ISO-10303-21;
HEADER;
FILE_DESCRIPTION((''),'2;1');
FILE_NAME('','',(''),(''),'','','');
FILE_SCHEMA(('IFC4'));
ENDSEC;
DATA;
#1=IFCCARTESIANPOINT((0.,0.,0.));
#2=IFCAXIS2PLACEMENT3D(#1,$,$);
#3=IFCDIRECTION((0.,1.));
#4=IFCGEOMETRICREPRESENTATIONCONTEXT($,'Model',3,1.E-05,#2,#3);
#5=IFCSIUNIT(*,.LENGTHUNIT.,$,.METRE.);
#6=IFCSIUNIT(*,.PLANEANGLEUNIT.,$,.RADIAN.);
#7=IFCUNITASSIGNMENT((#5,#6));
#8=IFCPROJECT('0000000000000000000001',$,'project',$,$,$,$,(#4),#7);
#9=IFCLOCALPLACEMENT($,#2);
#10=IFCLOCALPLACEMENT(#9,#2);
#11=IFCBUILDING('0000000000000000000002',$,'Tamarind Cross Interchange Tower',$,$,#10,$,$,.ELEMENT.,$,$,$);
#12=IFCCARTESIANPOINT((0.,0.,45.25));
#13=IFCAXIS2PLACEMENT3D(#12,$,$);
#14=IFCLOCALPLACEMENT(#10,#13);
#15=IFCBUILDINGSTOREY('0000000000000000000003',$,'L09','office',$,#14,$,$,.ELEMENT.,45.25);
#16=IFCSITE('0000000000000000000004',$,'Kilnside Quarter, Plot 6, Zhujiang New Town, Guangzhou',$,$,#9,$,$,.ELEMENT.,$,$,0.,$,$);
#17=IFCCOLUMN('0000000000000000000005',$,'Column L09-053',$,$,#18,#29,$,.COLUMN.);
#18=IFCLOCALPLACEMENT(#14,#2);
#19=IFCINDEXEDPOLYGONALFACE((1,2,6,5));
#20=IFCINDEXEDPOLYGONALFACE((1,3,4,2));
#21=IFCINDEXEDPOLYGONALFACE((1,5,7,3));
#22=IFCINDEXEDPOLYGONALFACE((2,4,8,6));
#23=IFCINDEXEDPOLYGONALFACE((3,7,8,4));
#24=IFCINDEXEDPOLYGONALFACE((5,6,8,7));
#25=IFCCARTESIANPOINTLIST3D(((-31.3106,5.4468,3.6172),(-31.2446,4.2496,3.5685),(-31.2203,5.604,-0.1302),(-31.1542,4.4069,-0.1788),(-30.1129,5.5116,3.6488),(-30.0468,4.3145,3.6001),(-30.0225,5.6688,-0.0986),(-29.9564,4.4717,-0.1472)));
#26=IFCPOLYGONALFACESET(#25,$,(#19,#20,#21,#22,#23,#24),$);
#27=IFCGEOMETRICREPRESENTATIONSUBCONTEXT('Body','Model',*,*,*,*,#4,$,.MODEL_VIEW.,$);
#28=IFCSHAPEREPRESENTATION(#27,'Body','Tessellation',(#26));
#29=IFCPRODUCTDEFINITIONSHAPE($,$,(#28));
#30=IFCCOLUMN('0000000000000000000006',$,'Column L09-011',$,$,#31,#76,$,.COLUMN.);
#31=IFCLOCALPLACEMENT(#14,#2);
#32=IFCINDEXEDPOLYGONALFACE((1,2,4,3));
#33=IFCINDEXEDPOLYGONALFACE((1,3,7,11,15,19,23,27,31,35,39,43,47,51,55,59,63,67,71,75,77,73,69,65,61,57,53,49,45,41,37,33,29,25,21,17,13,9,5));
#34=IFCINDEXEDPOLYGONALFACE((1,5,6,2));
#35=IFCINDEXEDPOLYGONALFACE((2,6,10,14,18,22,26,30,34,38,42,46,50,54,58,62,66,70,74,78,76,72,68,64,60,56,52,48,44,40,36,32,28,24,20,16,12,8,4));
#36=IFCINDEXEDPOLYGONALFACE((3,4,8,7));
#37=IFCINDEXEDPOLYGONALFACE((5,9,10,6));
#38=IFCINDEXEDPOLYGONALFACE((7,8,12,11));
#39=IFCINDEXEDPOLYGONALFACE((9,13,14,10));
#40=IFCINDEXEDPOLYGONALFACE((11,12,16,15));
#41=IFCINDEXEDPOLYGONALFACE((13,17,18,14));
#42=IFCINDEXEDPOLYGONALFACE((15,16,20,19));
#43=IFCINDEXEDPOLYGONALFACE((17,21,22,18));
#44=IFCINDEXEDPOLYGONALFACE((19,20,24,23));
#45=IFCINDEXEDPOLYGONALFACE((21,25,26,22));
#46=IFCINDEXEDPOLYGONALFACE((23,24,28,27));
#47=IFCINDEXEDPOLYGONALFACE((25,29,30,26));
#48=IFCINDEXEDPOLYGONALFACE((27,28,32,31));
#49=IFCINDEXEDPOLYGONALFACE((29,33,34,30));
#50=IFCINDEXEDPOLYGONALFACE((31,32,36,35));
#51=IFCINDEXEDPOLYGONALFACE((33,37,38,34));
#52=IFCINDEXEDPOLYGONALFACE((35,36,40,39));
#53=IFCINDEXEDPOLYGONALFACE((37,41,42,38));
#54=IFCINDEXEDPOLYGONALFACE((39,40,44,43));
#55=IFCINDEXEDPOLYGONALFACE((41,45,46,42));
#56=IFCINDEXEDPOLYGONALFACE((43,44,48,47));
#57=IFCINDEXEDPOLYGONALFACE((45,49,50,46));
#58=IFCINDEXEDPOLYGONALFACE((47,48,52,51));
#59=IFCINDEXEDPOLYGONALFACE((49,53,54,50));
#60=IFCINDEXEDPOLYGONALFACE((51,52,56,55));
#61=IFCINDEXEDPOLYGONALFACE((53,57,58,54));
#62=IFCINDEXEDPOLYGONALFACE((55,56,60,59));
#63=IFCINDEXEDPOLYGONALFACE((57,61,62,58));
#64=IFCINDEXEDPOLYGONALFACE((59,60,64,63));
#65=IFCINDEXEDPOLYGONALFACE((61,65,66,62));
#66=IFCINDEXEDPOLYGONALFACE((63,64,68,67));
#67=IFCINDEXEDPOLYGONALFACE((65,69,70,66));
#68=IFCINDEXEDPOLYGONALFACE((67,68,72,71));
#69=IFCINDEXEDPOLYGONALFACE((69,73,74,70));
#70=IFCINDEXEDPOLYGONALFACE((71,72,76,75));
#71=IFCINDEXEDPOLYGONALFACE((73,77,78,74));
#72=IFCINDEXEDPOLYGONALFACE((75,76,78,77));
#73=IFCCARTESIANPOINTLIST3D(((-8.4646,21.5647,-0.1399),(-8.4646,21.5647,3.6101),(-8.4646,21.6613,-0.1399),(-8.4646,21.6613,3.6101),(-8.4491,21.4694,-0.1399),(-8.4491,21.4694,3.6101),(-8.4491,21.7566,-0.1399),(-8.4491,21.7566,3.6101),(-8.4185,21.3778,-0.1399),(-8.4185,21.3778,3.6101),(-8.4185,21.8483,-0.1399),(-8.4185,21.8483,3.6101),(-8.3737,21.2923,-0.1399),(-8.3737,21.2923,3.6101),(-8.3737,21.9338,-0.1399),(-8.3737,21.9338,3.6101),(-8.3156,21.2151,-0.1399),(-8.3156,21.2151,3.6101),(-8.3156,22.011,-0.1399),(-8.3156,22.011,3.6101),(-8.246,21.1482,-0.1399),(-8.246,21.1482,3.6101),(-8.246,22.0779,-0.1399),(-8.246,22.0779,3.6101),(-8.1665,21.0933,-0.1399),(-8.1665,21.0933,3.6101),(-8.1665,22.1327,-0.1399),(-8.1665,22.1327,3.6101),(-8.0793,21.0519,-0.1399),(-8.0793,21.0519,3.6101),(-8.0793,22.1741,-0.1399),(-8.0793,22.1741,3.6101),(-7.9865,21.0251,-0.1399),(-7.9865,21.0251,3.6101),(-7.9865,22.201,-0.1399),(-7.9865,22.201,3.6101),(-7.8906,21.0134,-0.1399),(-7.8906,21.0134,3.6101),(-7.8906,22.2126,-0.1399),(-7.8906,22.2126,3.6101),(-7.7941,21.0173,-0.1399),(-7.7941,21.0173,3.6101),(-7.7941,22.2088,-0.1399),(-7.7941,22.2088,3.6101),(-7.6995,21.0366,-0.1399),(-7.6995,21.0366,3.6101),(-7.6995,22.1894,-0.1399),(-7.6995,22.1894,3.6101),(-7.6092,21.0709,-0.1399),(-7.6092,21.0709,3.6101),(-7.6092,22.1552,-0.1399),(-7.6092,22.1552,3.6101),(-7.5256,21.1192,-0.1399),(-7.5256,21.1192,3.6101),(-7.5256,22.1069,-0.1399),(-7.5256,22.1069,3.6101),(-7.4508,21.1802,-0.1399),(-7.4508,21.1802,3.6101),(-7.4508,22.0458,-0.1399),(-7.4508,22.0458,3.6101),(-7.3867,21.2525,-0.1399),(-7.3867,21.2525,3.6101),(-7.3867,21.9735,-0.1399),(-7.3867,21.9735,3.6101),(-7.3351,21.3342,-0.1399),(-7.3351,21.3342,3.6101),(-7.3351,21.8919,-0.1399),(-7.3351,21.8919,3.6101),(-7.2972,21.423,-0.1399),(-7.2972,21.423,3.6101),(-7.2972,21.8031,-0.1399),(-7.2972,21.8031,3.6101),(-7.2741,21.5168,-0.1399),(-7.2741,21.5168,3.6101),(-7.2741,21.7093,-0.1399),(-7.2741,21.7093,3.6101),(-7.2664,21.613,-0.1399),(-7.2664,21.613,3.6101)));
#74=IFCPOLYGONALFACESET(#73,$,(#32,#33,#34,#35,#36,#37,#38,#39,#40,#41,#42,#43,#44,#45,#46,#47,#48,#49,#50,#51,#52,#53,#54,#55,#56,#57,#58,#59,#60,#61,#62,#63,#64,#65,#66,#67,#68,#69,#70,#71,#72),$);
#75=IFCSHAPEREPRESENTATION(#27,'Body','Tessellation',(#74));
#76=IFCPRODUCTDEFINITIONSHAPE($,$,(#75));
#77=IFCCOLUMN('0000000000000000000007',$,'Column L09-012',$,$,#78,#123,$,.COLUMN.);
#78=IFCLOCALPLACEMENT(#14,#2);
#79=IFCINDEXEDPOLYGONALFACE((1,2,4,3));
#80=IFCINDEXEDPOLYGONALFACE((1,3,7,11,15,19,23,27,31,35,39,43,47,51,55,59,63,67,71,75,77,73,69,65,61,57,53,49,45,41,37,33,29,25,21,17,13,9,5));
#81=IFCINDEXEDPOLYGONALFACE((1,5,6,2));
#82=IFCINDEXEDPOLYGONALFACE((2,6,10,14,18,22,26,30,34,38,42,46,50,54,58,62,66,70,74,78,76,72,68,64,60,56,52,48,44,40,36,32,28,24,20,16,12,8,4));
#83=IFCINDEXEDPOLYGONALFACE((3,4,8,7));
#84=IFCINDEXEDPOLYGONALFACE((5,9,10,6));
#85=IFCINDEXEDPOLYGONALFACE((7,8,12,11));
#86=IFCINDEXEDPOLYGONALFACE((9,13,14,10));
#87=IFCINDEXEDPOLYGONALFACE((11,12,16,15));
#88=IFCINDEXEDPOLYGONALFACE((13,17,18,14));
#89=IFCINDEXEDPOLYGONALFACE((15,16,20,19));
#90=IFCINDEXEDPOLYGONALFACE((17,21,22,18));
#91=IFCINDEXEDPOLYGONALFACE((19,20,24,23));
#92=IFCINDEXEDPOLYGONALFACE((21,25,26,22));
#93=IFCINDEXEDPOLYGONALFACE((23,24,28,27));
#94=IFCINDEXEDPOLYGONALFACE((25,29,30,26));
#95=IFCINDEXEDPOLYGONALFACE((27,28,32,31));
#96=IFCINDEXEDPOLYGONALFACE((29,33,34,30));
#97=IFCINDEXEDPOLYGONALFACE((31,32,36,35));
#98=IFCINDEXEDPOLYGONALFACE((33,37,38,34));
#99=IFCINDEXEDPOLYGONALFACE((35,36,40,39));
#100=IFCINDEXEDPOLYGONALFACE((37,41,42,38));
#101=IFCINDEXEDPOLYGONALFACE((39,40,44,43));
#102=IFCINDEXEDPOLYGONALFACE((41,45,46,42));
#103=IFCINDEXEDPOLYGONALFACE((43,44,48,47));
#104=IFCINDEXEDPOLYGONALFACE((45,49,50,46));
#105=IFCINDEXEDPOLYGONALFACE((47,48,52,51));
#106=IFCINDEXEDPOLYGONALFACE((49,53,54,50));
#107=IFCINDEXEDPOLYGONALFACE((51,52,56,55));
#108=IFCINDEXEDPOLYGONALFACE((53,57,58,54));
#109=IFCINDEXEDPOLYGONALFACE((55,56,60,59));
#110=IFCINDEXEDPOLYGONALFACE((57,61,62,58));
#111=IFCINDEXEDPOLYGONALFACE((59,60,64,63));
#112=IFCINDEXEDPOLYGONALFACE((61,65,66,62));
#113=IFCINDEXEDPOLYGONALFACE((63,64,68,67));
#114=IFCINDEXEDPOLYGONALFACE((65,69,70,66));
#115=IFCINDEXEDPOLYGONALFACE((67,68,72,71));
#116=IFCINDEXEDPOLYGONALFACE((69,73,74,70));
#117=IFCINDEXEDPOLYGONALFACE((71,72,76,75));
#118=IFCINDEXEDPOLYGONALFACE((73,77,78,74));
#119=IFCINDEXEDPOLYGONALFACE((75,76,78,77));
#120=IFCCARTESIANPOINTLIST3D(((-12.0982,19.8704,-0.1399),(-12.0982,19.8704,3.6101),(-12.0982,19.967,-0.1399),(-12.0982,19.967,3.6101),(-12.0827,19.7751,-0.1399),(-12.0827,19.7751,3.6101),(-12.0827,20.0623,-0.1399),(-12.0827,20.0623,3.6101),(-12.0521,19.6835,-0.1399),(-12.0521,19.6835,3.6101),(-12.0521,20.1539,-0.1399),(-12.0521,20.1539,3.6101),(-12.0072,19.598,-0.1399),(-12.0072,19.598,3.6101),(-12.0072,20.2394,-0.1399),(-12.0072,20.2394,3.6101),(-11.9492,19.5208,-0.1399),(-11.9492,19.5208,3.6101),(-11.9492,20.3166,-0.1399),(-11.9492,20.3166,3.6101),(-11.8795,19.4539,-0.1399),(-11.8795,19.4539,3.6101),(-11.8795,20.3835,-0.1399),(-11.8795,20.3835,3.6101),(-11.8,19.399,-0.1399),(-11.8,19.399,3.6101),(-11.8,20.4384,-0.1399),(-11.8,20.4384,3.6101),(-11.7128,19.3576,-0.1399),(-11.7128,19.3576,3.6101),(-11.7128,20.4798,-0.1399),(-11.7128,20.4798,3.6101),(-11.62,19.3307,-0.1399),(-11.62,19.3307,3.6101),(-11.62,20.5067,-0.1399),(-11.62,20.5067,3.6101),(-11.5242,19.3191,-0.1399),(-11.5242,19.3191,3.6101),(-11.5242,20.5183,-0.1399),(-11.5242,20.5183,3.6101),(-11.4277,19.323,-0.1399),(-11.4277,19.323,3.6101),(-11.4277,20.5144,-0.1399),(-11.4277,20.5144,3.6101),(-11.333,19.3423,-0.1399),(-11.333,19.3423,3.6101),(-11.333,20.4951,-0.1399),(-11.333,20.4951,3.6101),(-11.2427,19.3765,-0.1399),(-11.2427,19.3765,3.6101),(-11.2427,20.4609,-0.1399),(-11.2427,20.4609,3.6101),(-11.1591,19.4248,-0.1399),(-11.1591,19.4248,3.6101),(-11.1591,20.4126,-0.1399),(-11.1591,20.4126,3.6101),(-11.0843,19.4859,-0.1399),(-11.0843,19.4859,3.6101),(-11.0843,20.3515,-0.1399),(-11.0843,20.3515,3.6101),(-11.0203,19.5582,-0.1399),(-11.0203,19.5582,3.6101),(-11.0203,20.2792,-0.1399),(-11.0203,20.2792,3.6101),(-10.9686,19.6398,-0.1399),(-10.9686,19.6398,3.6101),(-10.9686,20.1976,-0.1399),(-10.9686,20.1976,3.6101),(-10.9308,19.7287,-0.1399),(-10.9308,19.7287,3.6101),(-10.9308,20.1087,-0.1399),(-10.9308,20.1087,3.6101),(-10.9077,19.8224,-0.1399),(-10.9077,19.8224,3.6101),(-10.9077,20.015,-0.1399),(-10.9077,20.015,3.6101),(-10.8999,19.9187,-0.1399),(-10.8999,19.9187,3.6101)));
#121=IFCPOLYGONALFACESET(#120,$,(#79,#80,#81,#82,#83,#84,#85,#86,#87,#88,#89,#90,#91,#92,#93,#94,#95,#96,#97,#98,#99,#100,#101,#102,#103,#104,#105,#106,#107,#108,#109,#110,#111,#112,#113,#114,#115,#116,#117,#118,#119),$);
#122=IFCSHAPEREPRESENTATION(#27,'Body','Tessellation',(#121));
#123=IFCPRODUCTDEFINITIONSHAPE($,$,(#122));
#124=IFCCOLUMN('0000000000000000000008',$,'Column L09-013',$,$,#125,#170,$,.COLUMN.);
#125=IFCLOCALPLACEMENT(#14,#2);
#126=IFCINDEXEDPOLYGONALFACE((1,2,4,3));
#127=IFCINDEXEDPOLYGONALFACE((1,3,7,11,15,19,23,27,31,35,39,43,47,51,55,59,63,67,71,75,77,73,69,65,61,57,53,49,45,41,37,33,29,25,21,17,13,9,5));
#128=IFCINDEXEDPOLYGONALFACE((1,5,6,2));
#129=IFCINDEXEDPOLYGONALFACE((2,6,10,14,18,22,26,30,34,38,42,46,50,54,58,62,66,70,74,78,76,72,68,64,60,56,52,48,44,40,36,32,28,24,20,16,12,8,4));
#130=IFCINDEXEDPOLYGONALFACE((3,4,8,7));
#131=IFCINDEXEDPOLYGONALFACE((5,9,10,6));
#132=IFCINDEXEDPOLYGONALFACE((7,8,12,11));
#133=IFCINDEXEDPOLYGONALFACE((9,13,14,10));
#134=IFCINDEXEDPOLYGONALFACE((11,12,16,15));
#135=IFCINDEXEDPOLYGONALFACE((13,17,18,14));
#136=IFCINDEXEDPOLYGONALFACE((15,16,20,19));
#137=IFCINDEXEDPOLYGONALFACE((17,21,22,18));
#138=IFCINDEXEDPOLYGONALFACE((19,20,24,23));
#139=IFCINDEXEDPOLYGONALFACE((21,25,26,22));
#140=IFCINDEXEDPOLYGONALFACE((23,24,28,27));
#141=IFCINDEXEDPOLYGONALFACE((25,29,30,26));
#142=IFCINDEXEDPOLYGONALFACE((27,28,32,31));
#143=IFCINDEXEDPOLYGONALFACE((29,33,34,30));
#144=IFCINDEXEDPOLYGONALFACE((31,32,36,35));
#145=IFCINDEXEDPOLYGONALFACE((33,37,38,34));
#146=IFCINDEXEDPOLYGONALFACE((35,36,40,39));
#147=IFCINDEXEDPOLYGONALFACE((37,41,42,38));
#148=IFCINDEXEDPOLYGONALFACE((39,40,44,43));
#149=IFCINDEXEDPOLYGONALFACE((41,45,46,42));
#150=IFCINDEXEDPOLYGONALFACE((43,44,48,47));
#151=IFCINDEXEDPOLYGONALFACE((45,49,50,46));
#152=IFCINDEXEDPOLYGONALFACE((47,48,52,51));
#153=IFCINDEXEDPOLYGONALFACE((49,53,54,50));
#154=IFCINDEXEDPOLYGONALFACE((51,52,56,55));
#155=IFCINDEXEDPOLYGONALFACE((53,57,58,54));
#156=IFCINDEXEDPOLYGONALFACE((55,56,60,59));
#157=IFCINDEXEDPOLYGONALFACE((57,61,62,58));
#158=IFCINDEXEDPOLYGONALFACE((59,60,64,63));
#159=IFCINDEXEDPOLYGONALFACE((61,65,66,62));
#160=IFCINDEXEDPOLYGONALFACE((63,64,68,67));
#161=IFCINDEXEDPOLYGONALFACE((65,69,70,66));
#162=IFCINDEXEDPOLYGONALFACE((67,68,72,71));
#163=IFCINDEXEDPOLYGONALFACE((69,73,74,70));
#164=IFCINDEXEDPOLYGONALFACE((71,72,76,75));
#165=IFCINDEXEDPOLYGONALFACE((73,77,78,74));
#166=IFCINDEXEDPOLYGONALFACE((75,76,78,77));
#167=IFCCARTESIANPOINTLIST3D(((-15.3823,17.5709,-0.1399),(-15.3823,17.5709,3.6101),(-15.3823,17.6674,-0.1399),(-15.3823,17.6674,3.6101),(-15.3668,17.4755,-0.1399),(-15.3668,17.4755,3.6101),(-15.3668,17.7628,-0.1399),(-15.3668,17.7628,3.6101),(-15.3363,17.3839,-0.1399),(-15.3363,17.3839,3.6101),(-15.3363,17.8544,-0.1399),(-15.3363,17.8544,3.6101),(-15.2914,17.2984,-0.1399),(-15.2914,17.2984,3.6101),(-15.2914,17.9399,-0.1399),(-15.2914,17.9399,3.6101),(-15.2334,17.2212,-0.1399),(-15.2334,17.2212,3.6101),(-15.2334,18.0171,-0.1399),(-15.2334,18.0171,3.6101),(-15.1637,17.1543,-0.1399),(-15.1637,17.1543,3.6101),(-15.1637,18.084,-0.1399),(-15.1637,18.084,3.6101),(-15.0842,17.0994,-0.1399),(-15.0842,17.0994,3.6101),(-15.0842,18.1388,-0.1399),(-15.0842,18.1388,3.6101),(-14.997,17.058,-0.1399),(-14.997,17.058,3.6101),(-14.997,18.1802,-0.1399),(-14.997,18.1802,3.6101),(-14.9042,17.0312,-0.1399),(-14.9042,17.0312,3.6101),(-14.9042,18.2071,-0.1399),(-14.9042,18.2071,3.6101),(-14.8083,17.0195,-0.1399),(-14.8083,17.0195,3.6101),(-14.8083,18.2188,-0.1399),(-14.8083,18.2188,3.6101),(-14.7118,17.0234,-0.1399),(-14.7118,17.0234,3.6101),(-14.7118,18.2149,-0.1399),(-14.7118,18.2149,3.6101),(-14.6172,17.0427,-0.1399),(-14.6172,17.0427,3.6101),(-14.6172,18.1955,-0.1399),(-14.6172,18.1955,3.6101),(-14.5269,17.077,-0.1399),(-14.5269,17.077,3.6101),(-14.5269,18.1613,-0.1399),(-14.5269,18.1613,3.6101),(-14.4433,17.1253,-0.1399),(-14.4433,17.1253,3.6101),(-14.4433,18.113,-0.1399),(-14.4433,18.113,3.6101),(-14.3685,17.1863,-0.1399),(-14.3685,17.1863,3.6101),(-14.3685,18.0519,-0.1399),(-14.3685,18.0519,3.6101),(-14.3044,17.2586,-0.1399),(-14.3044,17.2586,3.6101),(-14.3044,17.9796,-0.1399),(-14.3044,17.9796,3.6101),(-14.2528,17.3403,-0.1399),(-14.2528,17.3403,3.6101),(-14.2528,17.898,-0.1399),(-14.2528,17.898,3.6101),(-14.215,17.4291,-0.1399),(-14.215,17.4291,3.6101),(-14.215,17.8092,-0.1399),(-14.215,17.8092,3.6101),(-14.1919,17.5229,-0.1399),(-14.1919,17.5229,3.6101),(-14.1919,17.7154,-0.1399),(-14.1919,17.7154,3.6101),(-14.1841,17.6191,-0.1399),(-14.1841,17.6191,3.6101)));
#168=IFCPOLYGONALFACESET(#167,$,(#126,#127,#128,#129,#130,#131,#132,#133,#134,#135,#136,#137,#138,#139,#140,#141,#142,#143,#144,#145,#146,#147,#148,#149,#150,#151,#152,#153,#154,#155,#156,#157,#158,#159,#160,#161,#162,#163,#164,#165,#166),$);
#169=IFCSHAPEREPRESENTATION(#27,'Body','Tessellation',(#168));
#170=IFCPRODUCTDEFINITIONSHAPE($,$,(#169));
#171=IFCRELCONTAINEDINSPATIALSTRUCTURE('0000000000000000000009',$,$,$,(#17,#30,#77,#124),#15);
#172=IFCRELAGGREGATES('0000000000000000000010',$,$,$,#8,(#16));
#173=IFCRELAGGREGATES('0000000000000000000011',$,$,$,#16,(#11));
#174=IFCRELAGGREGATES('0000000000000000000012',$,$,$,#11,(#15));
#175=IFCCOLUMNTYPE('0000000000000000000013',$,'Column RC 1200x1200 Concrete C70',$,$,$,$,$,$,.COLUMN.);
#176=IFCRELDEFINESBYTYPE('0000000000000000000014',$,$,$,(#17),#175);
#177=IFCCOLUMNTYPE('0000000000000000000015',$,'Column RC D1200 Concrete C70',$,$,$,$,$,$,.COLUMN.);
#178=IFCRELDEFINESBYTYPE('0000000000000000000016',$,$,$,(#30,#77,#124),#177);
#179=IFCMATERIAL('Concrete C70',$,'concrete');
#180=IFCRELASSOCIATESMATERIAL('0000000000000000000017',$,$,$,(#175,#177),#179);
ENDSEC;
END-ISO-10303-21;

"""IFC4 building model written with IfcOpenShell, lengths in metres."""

from ifc_helpers import new_model, si_unit, direction, frame, origin, origin_2d, place, context, subcontext, project, spatial, rectangle, circle, extrude, material, material_profile, profile_set, type_object, element, save


model = new_model("IFC4")

# Units and contexts
model_context = context("Model", 3, precision=1e-05, world=origin(), true_north=direction((0.0, 1.0)))
body_context = subcontext(model_context, "Body", "Model", "MODEL_VIEW")
ifc_project = project(units=[si_unit("LENGTHUNIT", "METRE"), si_unit("PLANEANGLEUNIT", "RADIAN")], contexts=[model_context])

# Site, building, storey
site_placement = place(None, origin())
site = spatial("IfcSite", under=ifc_project, at=site_placement, Name="Kilnside Quarter, Plot 6, Zhujiang New Town, Guangzhou", CompositionType="ELEMENT", RefElevation=0.0)
building_placement = place(site_placement, origin())
building = spatial("IfcBuilding", under=site, at=building_placement, Name="Tamarind Cross Interchange Tower", CompositionType="ELEMENT")
storey_placement = place(building_placement, frame((0.0, 0.0, 45.25)))
storey = spatial("IfcBuildingStorey", under=building, at=storey_placement, Name="L09", Description="office", CompositionType="ELEMENT", Elevation=45.25)

# Columns
ifc_material_1 = material(Name="Concrete C70", Category="concrete")
ifc_material_profile_1 = material_profile(ifc_material_1, rectangle(XDim=1.2, YDim=1.2, at=origin_2d()), Name="RC 1200x1200")
ifc_profile_set_1 = profile_set([ifc_material_profile_1], Name="Concrete C70")
column_type_1 = type_object("IfcColumnType", Name="Column RC 1200x1200 Concrete C70", PredefinedType="COLUMN", material=ifc_profile_set_1)
column_placement = place(storey_placement, frame((-30.5884, 5.0378, -0.1387), z_axis=(-0.024078, -0.041908, 0.998831), x_axis=(0.998192, 0.054036, 0.026329)))
element("IfcColumn", 1, at=column_placement, inside=storey, type_object=column_type_1, Name="Column L09-053", PredefinedType="COLUMN", context=body_context, shape_type="SweptSolid", body=[
    extrude(rectangle(XDim=1.2, YDim=1.2, at=origin_2d()), origin(), (0.0, 0.0, 1.0), 3.7517),
])
ifc_material_profile_2 = material_profile(ifc_material_1, circle(Radius=0.6001, at=origin_2d()), Name="RC D1200")
ifc_profile_set_2 = profile_set([ifc_material_profile_2], Name="Concrete C70")
column_type_2 = type_object("IfcColumnType", Name="Column RC D1200 Concrete C70", PredefinedType="COLUMN", material=ifc_profile_set_2)
for number, where, z_axis, x_axis, name in (
    (2, (-7.8665, 21.613, -0.1399), (0.0, 0.0, 1.0), (1.0, 0.0, 0.0), "Column L09-011"),
    (3, (-11.5, 19.9187, -0.1399), (0.0, 0.0, 1.0), (1.0, 0.0, 0.0), "Column L09-012"),
    (4, (-14.7842, 17.6191, -0.1399), (0.0, 0.0, 1.0), (1.0, 0.0, 0.0), "Column L09-013"),
):
    element("IfcColumn", number, at=place(storey_placement, frame(where, z_axis=z_axis, x_axis=x_axis)), inside=storey, type_object=column_type_2, Name=name, PredefinedType="COLUMN", context=body_context, shape_type="SweptSolid", body=[
        extrude(circle(Radius=0.6001, at=origin_2d()), origin(), (0.0, 0.0, 1.0), 3.75),
    ])

save(model, "model.ifc")
